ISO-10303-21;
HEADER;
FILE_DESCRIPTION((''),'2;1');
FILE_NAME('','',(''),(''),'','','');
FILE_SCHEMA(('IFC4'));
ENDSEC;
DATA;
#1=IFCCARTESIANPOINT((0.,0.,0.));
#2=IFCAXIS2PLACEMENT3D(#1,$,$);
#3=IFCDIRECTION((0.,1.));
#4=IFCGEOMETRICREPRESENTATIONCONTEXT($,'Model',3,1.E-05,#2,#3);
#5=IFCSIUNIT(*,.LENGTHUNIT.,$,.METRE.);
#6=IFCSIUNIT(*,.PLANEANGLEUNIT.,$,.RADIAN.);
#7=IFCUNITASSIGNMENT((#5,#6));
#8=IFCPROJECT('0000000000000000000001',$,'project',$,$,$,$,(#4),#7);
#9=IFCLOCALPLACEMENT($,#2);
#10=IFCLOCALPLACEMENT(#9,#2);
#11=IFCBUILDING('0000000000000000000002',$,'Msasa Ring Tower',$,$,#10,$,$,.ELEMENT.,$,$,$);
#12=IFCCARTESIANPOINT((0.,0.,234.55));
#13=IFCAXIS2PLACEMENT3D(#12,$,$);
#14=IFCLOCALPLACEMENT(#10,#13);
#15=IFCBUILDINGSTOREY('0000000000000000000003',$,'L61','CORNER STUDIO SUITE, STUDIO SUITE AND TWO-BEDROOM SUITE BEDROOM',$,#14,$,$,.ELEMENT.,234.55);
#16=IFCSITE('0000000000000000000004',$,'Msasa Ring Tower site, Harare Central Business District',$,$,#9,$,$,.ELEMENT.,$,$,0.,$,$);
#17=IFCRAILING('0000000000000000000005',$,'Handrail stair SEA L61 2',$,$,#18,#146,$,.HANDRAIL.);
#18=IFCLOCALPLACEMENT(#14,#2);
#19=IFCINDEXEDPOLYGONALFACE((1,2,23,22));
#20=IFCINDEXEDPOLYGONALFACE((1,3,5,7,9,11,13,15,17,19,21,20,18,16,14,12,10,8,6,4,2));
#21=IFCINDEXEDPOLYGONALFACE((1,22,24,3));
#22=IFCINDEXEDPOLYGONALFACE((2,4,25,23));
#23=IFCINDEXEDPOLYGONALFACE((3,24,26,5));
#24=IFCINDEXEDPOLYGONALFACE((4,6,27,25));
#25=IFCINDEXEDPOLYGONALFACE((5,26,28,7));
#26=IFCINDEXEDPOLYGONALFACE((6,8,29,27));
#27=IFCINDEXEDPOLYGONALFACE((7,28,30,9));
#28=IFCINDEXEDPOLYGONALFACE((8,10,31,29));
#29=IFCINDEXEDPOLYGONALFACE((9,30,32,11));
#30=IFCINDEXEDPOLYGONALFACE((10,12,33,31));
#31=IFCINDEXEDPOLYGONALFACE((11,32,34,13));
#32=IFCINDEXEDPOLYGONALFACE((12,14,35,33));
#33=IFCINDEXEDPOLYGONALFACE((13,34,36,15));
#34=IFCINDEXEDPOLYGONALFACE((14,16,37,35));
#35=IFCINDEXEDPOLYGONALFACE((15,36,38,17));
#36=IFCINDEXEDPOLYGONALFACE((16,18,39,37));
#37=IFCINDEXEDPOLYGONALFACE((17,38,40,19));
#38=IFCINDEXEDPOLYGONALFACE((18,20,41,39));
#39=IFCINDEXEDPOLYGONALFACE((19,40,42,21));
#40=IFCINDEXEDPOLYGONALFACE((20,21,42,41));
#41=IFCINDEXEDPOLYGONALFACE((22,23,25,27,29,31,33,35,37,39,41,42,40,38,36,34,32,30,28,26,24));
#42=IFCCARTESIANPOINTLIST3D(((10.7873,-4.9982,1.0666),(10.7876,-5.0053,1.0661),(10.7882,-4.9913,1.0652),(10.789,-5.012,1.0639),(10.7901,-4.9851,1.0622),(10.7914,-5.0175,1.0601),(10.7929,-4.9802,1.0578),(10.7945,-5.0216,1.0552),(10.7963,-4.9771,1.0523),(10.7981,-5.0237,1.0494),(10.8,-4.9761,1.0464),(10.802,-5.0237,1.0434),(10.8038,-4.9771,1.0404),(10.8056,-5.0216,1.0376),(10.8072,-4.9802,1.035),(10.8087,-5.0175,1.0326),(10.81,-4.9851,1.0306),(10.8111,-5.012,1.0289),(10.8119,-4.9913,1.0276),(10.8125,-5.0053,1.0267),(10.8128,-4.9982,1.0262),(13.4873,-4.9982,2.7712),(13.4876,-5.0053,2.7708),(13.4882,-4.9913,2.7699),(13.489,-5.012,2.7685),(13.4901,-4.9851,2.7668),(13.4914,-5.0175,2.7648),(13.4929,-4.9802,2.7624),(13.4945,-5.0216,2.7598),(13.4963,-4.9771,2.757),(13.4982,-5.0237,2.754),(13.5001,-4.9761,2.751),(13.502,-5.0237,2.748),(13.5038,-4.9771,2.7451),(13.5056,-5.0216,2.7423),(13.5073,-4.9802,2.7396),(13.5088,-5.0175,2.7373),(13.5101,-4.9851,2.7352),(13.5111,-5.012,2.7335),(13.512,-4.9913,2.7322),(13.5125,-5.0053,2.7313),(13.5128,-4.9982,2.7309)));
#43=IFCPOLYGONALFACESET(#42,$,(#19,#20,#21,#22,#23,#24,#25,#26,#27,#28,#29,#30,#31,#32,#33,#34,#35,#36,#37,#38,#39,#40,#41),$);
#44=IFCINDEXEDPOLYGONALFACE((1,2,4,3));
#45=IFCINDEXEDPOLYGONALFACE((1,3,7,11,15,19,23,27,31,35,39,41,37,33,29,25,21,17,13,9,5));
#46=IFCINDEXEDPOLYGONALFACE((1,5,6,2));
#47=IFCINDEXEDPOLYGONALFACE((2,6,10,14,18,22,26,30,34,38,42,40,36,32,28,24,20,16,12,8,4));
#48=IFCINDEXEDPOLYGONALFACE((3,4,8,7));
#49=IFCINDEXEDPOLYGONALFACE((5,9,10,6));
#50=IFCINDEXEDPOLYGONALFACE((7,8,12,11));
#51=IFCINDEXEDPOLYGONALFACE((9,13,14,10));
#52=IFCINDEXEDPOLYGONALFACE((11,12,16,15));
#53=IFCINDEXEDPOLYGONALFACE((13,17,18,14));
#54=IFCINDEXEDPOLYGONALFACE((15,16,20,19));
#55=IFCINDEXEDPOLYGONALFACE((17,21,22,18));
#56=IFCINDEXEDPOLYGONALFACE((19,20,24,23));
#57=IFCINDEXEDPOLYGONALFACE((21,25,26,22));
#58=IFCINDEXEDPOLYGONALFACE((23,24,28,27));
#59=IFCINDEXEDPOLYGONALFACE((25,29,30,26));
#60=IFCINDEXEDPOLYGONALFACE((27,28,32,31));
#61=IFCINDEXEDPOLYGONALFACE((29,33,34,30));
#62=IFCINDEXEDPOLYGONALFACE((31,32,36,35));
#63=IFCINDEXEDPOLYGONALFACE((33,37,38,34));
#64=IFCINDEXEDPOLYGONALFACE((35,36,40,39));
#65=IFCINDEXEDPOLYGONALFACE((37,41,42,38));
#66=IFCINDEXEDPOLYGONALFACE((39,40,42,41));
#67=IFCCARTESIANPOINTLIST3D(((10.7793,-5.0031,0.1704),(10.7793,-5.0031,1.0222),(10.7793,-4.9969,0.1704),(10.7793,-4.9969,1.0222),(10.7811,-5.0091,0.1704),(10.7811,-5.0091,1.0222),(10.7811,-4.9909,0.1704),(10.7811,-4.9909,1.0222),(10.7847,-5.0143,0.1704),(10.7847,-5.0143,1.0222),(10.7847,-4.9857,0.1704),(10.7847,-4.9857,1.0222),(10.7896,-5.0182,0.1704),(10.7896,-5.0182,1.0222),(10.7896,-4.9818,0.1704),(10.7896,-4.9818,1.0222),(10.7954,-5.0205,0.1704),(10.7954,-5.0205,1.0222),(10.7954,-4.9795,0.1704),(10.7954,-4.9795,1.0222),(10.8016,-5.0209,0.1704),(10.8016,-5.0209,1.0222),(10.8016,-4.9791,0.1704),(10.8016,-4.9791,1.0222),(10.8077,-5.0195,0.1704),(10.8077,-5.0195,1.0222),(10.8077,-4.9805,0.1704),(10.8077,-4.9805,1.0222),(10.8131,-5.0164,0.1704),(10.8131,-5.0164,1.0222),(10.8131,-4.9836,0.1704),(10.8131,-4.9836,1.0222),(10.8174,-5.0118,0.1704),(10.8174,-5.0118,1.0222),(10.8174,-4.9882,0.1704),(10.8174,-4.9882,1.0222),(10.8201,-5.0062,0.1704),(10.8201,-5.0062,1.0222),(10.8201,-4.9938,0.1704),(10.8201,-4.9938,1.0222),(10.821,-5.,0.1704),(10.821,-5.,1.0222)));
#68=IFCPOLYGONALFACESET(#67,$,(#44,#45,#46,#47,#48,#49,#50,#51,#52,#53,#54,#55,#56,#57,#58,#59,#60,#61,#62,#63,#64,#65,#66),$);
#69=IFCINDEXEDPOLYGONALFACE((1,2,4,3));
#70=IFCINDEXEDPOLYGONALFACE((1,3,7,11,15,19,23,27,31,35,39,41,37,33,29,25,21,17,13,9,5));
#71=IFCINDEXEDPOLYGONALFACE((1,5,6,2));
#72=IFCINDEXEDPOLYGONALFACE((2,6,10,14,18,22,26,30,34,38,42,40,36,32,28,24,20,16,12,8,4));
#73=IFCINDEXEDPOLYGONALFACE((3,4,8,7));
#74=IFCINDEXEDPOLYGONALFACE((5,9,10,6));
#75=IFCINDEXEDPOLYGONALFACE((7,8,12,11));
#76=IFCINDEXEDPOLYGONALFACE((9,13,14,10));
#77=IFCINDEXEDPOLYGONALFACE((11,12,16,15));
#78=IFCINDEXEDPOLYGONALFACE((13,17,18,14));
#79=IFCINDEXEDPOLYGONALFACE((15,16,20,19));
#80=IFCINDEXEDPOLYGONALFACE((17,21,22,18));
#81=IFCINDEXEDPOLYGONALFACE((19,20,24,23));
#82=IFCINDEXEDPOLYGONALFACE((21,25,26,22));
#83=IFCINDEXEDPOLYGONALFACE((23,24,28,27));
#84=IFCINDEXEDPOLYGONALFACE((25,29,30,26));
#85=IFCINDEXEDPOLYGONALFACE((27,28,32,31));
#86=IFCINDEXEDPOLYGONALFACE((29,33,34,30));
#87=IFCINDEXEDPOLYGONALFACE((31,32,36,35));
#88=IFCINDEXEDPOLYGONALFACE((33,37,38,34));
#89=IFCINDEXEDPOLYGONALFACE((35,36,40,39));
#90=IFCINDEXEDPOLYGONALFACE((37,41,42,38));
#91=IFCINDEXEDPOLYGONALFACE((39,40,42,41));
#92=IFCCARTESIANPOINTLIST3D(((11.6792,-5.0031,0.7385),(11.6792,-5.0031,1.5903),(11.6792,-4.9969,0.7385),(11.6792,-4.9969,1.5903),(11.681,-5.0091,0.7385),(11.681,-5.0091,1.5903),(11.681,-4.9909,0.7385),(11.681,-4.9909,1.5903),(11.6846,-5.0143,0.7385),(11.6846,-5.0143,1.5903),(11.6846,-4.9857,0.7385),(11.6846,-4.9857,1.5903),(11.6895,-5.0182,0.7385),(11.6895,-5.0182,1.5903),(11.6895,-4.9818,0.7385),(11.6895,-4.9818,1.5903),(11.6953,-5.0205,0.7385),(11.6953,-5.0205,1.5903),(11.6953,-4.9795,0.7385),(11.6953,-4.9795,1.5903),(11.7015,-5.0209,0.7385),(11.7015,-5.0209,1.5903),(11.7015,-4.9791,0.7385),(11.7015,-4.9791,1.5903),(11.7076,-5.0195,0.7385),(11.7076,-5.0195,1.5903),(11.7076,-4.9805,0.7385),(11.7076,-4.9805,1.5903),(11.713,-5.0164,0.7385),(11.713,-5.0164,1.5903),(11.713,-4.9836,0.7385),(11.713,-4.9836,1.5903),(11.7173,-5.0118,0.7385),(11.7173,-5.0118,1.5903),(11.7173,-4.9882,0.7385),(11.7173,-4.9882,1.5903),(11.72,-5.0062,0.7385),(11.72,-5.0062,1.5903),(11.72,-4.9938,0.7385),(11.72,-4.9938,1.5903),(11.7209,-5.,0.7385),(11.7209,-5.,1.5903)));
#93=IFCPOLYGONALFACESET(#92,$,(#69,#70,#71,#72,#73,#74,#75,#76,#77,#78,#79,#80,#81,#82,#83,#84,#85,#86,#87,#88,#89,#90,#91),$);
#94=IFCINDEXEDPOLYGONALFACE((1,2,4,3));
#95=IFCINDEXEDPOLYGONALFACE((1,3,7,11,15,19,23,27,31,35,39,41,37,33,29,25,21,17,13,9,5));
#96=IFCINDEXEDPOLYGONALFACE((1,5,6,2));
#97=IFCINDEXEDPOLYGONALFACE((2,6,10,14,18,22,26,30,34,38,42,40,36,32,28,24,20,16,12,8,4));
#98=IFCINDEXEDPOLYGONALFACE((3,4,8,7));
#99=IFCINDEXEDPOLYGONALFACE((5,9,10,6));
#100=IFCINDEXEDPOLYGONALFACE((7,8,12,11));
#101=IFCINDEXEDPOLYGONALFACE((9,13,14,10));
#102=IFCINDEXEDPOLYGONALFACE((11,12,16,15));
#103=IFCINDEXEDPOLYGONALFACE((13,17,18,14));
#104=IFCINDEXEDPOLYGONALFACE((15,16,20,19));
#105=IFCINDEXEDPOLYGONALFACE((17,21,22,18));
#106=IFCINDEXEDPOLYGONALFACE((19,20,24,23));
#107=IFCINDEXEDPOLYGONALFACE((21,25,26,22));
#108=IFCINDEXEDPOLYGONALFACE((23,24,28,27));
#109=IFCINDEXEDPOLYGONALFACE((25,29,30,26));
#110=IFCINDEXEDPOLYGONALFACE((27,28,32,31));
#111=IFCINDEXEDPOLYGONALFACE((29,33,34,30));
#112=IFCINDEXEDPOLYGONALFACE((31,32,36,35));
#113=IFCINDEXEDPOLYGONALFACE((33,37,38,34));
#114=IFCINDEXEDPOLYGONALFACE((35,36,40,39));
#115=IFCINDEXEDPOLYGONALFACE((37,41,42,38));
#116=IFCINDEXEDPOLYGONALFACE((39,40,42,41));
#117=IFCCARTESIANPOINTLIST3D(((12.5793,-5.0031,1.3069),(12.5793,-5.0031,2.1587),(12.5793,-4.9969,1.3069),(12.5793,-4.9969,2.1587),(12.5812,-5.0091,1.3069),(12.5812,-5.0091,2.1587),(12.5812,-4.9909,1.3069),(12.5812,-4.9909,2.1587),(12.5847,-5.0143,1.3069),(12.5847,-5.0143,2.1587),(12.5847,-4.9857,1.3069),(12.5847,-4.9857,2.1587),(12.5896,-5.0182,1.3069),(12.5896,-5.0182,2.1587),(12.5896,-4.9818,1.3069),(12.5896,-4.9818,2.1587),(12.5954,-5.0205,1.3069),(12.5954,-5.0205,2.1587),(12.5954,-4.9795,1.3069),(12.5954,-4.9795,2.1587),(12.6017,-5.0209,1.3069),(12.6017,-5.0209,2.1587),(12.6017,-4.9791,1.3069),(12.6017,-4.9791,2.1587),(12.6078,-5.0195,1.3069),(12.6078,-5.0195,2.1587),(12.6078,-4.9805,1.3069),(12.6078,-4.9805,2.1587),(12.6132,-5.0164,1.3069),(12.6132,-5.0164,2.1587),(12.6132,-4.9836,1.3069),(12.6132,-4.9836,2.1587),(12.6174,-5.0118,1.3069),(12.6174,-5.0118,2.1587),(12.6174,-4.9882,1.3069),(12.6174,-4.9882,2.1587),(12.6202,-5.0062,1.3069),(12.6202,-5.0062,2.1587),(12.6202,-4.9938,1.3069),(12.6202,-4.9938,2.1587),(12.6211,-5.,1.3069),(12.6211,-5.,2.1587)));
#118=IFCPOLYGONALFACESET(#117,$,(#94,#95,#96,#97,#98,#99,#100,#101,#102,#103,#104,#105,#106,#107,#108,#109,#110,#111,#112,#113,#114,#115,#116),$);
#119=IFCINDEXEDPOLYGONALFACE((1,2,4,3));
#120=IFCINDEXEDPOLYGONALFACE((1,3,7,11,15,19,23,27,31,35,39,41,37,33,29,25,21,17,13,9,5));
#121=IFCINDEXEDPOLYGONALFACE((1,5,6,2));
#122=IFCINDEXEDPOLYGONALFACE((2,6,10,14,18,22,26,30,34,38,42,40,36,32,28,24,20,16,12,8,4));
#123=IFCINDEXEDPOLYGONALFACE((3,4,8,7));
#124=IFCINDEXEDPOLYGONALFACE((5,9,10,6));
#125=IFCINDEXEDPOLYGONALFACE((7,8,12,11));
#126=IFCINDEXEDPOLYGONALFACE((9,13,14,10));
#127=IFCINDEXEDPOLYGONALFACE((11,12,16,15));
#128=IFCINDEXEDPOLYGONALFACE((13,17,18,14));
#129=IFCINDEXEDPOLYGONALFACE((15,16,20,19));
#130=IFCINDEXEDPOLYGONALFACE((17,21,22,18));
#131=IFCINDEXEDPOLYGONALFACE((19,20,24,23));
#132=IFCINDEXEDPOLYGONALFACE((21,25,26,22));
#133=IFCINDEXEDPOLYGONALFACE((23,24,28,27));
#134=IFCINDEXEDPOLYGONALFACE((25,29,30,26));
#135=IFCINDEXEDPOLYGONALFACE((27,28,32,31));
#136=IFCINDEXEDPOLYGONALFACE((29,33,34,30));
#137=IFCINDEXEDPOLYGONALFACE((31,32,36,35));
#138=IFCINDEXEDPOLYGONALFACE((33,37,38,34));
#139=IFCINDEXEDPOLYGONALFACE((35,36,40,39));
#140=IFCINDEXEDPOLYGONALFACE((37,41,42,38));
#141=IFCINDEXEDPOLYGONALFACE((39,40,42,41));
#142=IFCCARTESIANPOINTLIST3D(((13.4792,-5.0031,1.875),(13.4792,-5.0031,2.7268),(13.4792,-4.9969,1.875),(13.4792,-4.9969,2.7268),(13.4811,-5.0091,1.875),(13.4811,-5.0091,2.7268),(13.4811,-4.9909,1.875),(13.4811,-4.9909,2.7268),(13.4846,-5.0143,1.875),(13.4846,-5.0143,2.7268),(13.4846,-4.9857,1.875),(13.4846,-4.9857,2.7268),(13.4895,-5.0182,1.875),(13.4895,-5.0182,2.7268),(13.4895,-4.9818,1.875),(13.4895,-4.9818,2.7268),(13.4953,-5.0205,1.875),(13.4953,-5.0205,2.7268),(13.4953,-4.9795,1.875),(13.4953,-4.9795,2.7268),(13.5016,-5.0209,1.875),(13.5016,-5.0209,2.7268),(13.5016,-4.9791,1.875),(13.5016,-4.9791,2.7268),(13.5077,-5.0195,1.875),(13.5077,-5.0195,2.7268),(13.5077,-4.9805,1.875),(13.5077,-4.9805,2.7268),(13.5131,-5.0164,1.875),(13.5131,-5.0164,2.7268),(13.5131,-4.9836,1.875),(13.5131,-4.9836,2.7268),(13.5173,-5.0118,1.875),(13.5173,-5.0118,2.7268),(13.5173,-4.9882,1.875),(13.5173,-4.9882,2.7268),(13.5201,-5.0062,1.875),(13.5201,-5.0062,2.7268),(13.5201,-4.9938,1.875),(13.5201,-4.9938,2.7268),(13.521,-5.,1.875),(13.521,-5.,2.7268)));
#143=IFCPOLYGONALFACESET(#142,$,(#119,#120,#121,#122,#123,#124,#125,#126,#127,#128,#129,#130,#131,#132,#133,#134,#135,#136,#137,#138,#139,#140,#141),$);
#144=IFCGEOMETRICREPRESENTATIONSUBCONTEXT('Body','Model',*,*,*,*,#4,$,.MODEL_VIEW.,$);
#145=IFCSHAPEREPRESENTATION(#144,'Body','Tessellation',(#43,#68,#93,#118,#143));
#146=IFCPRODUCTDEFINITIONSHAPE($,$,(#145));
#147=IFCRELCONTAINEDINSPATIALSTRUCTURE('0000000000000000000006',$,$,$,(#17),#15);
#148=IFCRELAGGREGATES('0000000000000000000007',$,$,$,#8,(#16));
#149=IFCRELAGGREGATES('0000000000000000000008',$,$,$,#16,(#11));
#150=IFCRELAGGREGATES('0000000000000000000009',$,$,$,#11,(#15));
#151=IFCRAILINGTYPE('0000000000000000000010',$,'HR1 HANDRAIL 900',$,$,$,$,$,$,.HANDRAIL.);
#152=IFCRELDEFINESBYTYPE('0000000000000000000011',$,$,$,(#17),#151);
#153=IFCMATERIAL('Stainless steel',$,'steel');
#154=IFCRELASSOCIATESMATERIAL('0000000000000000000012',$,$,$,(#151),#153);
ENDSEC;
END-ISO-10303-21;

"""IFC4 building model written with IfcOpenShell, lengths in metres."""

from ifc_helpers import new_model, si_unit, direction, frame, origin, origin_2d, place, context, subcontext, project, spatial, circle, extrude, material, type_object, element, save


model = new_model("IFC4")

# Units and contexts
model_context = context("Model", 3, precision=1e-05, world=origin(), true_north=direction((0.0, 1.0)))
body_context = subcontext(model_context, "Body", "Model", "MODEL_VIEW")
ifc_project = project(units=[si_unit("LENGTHUNIT", "METRE"), si_unit("PLANEANGLEUNIT", "RADIAN")], contexts=[model_context])

# Site, building, storey
site_placement = place(None, origin())
site = spatial("IfcSite", under=ifc_project, at=site_placement, Name="Msasa Ring Tower site, Harare Central Business District", CompositionType="ELEMENT", RefElevation=0.0)
building_placement = place(site_placement, origin())
building = spatial("IfcBuilding", under=site, at=building_placement, Name="Msasa Ring Tower", CompositionType="ELEMENT")
storey_placement = place(building_placement, frame((0.0, 0.0, 234.55)))
storey = spatial("IfcBuildingStorey", under=building, at=storey_placement, Name="L61", Description="CORNER STUDIO SUITE, STUDIO SUITE AND TWO-BEDROOM SUITE BEDROOM", CompositionType="ELEMENT", Elevation=234.55)

# Railing
ifc_material_1 = material(Name="Stainless steel", Category="steel")
railing_type = type_object("IfcRailingType", Name="HR1 HANDRAIL 900", PredefinedType="HANDRAIL", material=ifc_material_1)
for number, where, name in (
    (1, (10.8, -5.0, 0.1704), "Handrail stair SEA L61 2"),
):
    element("IfcRailing", number, at=place(storey_placement, frame(where)), inside=storey, type_object=railing_type, Name=name, PredefinedType="HANDRAIL", context=body_context, shape_type="SweptSolid", body=[
        extrude(circle(Radius=0.0239, at=origin_2d()), frame((0.0, 0.0, 0.876), z_axis=(0.84558, 0.0, 0.533849), x_axis=(0.0, 1.0, 0.0)), (0.0, 0.0, 1.0), 3.1931),
        extrude(circle(Radius=0.021, at=origin_2d()), origin(), (0.0, 0.0, 1.0), 0.8518),
        extrude(circle(Radius=0.021, at=origin_2d()), frame((0.8999, 0.0, 0.5681)), (0.0, 0.0, 1.0), 0.8518),
        extrude(circle(Radius=0.021, at=origin_2d()), frame((1.8, 0.0, 1.1365)), (0.0, 0.0, 1.0), 0.8518),
        extrude(circle(Radius=0.021, at=origin_2d()), frame((2.7, 0.0, 1.7046)), (0.0, 0.0, 1.0), 0.8518),
    ])

save(model, "model.ifc")
